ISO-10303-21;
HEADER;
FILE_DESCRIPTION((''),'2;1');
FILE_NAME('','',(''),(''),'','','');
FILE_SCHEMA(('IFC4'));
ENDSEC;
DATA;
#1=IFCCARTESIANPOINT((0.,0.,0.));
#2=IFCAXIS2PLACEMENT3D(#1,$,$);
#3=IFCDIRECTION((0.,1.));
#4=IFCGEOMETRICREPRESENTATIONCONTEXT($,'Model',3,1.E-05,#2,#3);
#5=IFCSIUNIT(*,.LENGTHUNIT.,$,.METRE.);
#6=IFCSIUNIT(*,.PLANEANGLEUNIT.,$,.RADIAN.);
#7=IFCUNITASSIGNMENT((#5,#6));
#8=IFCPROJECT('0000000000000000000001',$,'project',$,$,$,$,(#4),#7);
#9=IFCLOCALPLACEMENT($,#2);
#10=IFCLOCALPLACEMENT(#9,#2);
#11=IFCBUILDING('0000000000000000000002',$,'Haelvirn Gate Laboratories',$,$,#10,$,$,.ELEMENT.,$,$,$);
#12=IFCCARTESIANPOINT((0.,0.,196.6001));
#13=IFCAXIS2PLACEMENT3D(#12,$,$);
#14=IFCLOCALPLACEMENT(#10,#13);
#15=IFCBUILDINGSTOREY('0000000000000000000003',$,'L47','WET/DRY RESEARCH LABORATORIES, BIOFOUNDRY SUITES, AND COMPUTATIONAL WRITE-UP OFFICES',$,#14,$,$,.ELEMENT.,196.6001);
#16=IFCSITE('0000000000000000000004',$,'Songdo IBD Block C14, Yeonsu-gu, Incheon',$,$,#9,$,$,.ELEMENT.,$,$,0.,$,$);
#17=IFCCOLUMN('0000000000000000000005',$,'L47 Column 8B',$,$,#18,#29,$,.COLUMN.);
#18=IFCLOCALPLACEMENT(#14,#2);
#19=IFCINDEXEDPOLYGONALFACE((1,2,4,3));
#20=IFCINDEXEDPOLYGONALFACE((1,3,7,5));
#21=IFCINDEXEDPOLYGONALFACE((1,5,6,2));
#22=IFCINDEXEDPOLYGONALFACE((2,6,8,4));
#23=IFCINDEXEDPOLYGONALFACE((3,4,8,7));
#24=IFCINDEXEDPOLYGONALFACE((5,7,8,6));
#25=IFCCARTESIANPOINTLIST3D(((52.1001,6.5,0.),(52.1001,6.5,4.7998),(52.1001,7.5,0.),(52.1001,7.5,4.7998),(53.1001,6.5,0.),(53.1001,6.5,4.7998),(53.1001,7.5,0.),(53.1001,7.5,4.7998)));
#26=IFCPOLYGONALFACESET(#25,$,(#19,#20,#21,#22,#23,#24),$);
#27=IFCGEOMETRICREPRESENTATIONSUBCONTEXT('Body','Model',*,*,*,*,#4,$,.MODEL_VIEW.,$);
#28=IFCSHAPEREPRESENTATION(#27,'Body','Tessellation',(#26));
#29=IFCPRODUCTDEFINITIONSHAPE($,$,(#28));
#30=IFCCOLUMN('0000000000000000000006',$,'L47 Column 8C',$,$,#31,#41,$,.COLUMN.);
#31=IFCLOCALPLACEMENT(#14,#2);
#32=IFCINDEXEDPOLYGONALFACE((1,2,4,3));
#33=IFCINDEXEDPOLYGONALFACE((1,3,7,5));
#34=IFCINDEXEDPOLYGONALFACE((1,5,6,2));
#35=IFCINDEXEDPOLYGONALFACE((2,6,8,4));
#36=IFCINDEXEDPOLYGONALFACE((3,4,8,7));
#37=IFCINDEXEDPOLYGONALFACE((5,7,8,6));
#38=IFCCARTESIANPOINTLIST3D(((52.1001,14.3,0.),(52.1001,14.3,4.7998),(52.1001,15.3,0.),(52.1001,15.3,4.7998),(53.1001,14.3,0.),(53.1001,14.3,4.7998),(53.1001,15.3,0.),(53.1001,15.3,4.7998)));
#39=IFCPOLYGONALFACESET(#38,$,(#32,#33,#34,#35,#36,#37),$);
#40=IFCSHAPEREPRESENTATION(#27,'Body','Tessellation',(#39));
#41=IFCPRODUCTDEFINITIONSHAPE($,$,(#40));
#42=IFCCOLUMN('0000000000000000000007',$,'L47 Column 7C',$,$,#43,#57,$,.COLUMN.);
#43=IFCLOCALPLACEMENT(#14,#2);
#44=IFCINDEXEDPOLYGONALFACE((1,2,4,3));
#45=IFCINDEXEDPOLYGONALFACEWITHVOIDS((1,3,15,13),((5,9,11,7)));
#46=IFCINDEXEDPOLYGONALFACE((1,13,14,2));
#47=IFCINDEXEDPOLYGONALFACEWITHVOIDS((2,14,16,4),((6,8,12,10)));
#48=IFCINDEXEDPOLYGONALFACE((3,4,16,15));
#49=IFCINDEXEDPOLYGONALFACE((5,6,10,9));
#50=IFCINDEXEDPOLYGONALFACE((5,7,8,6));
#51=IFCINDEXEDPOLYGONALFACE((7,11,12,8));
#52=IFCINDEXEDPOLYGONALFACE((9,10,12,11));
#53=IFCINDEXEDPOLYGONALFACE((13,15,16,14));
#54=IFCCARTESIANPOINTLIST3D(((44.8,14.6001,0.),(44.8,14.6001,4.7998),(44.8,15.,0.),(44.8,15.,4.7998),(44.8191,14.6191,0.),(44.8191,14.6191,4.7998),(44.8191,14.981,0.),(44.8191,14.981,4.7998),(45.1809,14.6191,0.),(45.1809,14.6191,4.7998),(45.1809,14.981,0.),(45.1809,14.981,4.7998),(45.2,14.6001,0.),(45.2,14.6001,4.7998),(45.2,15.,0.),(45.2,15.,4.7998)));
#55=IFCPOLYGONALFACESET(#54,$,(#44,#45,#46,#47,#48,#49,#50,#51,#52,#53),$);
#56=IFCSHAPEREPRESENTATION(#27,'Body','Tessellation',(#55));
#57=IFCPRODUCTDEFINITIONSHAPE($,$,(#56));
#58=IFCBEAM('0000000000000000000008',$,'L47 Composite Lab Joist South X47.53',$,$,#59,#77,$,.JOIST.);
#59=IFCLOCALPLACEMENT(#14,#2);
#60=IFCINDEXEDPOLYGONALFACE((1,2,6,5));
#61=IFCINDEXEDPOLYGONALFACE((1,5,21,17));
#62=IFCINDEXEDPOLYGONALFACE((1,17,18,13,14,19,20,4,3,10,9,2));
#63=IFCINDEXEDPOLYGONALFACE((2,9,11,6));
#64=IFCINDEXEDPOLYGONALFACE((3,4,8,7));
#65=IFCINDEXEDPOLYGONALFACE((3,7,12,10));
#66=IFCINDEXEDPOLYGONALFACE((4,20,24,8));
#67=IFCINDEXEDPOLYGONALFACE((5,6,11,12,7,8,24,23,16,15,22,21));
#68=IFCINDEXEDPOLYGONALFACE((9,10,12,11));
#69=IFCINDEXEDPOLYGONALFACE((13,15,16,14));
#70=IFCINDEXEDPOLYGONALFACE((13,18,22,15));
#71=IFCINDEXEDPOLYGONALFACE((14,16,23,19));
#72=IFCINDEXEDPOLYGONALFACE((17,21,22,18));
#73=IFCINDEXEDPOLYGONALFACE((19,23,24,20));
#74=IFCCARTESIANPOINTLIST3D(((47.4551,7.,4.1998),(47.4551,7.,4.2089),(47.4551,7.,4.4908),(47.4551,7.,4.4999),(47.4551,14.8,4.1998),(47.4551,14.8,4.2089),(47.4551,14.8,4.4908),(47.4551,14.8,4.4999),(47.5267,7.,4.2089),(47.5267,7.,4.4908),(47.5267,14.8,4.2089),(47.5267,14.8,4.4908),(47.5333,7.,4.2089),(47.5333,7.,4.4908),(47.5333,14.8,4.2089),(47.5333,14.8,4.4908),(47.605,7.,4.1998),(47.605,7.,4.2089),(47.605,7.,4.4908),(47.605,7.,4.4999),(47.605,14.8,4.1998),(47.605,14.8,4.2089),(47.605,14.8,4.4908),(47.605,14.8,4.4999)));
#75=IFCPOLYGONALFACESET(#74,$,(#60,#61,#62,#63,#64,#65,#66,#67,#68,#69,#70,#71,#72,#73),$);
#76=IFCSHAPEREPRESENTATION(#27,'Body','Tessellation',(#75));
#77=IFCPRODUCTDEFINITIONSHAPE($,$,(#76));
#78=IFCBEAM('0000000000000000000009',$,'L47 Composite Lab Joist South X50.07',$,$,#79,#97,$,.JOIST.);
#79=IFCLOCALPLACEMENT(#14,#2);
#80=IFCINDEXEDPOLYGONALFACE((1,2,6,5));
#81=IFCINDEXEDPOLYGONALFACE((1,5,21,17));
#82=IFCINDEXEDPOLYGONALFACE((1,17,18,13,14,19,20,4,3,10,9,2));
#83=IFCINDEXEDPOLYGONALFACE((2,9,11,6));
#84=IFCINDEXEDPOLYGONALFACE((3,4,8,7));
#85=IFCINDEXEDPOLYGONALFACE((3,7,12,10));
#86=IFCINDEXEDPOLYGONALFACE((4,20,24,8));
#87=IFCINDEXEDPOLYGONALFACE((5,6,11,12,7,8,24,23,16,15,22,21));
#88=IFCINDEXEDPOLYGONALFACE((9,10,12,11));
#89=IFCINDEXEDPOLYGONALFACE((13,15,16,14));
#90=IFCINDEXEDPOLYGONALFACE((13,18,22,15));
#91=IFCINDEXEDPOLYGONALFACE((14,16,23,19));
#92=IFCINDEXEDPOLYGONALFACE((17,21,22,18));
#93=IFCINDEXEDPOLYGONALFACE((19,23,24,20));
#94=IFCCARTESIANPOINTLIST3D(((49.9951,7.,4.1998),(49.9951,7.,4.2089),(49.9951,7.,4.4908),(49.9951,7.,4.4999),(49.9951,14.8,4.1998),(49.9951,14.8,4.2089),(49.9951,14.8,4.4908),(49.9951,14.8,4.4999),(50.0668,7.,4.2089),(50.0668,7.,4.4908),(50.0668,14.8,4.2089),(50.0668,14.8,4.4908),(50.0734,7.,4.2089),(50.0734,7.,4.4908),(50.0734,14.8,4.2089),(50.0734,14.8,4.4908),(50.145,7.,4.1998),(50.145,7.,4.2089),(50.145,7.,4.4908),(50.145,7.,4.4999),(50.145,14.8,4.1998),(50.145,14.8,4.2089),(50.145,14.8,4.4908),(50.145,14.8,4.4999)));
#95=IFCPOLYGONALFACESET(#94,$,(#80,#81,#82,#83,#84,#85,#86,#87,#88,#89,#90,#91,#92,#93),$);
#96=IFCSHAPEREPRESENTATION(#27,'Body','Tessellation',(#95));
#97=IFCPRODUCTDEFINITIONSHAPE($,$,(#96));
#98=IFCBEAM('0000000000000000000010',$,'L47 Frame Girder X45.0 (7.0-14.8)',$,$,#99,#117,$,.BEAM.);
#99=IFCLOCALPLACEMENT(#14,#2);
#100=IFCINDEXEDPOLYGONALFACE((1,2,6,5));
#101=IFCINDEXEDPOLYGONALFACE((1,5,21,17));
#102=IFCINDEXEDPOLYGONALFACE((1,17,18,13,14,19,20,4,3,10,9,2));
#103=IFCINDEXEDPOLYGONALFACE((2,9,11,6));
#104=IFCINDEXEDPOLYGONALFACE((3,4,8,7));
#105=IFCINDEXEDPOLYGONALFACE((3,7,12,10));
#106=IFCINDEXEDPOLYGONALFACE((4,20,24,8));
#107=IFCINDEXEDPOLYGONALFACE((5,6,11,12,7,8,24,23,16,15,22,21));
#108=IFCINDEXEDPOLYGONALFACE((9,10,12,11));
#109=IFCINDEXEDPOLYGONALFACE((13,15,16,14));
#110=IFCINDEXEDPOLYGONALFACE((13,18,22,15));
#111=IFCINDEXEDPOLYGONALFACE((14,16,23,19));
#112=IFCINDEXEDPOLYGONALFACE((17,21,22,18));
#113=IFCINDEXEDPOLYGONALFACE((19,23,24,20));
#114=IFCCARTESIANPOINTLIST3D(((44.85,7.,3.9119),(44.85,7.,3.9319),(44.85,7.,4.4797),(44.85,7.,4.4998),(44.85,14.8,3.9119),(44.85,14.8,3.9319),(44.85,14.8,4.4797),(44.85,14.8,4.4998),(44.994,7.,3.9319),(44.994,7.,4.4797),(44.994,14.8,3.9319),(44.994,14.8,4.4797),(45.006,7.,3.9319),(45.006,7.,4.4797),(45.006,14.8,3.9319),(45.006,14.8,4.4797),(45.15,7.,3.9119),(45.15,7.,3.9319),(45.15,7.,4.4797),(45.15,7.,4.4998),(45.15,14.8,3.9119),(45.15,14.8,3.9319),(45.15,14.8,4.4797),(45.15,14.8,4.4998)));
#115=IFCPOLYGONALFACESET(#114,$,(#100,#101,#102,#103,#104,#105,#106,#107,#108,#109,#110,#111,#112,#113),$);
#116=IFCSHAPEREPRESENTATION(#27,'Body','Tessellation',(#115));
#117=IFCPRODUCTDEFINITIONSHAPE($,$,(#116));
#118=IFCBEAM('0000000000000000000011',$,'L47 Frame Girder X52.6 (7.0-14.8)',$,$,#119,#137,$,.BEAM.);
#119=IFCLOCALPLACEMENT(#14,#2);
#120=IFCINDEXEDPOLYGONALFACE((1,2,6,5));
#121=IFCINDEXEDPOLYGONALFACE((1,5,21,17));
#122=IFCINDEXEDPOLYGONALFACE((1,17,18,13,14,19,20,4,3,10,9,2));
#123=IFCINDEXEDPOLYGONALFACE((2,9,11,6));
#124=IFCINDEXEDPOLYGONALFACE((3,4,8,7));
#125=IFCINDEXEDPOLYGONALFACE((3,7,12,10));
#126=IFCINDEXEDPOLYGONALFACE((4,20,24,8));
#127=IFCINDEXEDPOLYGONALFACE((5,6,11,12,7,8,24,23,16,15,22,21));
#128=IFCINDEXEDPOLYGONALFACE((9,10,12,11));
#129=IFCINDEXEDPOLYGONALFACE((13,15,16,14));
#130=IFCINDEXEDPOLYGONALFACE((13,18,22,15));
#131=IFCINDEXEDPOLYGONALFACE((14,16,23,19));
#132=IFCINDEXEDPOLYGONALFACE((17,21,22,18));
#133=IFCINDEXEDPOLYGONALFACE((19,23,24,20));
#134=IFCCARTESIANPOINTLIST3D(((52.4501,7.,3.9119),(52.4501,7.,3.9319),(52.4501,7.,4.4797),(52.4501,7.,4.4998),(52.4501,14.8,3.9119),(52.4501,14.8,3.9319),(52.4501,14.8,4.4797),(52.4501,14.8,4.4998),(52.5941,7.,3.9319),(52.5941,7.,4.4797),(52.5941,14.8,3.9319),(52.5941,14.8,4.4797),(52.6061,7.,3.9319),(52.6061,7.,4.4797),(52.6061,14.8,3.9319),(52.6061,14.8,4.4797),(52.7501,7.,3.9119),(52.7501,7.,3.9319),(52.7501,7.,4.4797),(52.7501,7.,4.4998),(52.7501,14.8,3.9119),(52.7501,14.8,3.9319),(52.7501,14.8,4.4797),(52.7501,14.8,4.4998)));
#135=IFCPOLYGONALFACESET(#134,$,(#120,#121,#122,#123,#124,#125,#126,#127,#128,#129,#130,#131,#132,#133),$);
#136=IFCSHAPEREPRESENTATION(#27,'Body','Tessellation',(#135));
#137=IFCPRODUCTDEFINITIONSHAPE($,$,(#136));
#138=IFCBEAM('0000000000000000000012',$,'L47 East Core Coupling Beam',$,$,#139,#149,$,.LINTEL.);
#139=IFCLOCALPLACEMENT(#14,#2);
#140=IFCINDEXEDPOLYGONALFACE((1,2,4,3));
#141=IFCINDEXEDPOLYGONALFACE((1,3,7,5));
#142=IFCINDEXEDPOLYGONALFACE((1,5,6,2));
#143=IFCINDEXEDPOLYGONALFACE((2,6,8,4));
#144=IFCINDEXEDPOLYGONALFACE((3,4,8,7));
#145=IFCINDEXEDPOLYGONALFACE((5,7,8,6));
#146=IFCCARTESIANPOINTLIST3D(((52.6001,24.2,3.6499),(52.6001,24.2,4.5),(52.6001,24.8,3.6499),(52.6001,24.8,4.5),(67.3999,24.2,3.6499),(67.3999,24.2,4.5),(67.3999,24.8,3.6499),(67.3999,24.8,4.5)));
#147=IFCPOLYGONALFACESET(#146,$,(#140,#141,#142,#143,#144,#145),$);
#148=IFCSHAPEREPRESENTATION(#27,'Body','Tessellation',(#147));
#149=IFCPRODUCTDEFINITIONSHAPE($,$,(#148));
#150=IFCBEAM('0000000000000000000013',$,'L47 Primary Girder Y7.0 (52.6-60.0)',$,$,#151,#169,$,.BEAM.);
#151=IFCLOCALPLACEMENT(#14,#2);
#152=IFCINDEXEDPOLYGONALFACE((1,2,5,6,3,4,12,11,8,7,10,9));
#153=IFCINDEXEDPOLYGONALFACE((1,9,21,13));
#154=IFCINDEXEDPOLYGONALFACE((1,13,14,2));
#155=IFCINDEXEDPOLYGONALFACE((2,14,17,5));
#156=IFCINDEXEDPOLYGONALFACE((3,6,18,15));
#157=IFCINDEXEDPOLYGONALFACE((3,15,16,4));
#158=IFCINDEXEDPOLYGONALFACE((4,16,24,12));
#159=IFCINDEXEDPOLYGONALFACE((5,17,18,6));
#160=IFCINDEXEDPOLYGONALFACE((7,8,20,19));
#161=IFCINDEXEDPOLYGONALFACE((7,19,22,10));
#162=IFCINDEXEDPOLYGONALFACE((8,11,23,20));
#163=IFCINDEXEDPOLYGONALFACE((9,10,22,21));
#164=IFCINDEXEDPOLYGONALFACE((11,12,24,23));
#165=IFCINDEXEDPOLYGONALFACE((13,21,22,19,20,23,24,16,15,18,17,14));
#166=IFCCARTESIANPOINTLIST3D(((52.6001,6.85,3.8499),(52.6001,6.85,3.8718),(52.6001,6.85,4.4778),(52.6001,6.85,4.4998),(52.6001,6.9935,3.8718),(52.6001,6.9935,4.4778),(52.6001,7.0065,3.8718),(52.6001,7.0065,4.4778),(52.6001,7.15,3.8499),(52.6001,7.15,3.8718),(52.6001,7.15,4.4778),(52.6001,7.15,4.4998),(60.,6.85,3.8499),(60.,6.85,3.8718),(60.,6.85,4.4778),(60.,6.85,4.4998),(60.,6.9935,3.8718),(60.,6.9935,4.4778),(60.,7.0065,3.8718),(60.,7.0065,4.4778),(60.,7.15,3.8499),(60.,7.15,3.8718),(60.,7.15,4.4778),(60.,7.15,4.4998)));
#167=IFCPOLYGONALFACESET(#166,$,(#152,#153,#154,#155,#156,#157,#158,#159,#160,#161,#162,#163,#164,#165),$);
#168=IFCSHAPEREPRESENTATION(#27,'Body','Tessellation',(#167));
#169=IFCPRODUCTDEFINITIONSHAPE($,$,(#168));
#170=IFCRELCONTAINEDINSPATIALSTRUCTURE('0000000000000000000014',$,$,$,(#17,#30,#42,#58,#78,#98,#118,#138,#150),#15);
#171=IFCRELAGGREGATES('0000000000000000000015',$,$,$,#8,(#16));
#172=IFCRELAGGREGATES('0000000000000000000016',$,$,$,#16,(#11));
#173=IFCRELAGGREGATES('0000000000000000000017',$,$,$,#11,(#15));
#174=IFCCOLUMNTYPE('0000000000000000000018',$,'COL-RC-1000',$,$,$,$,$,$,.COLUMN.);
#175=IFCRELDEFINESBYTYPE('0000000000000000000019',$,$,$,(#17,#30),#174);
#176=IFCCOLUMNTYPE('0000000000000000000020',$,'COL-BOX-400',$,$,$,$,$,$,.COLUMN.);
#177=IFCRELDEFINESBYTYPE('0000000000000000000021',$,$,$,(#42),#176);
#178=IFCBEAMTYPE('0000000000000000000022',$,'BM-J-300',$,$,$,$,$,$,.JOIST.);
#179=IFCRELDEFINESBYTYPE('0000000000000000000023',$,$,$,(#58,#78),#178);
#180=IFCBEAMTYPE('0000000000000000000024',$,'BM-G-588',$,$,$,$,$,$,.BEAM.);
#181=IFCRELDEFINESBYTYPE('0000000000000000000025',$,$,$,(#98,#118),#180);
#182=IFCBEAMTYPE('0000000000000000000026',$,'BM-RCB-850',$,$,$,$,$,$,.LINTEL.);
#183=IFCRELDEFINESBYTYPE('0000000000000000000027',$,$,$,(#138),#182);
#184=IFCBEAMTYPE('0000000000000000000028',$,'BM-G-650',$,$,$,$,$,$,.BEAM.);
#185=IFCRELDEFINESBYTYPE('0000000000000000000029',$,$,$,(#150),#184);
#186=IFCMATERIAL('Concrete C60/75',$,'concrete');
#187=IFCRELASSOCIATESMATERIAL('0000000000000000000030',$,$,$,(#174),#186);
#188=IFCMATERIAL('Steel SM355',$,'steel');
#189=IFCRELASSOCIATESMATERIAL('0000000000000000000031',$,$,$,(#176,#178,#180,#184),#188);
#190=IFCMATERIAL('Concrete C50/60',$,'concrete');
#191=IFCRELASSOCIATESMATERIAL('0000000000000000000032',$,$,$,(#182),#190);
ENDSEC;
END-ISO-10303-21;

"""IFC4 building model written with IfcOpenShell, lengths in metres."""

from ifc_helpers import new_model, si_unit, direction, frame, origin, origin_2d, place, context, subcontext, project, spatial, rectangle, hollow_rectangle, i_section, extrude, source, transform, mapped, material, material_profile, profile_set, type_object, type_shapes, element, save


model = new_model("IFC4")

# Units and contexts
model_context = context("Model", 3, precision=1e-05, world=origin(), true_north=direction((0.0, 1.0)))
body_context = subcontext(model_context, "Body", "Model", "MODEL_VIEW")
ifc_project = project(units=[si_unit("LENGTHUNIT", "METRE"), si_unit("PLANEANGLEUNIT", "RADIAN")], contexts=[model_context])

# Site, building, storey
site_placement = place(None, origin())
site = spatial("IfcSite", under=ifc_project, at=site_placement, Name="Songdo IBD Block C14, Yeonsu-gu, Incheon", CompositionType="ELEMENT", RefElevation=0.0)
building_placement = place(site_placement, origin())
building = spatial("IfcBuilding", under=site, at=building_placement, Name="Haelvirn Gate Laboratories", CompositionType="ELEMENT")
storey_placement = place(building_placement, frame((0.0, 0.0, 196.6001)))
storey = spatial("IfcBuildingStorey", under=building, at=storey_placement, Name="L47", Description="WET/DRY RESEARCH LABORATORIES, BIOFOUNDRY SUITES, AND COMPUTATIONAL WRITE-UP OFFICES", CompositionType="ELEMENT", Elevation=196.6001)

# Columns
ifc_material_1 = material(Name="Concrete C60/75", Category="concrete")
ifc_material_profile_1 = material_profile(ifc_material_1, rectangle(XDim=1.0, YDim=1.0, at=origin_2d()), Name="RC-1000x1000")
ifc_profile_set_1 = profile_set([ifc_material_profile_1], Name="Concrete C60/75")
column_type_1 = type_object("IfcColumnType", Name="COL-RC-1000", PredefinedType="COLUMN", material=ifc_profile_set_1)
shared_shape_1 = source(origin(), body_context, "Body", "SweptSolid", [
    extrude(rectangle(XDim=1.0, YDim=1.0, at=origin_2d()), origin(), (0.0, 0.0, 1.0), 4.7998),
])
type_shapes(column_type_1, [shared_shape_1])
for number, where, z_axis, x_axis, name in (
    (1, (52.6001, 7.0, 0.0), (0.0, 0.0, 1.0), (1.0, 0.0, 0.0), "L47 Column 8B"),
    (2, (52.6001, 14.8, 0.0), (0.0, 0.0, 1.0), (1.0, 0.0, 0.0), "L47 Column 8C"),
):
    element("IfcColumn", number, at=place(storey_placement, frame(where, z_axis=z_axis, x_axis=x_axis)), inside=storey, type_object=column_type_1, Name=name, PredefinedType="COLUMN", context=body_context, shape_type="MappedRepresentation", body=[
        mapped(shared_shape_1, transform((0.0, 0.0, 0.0), scale=1.0)),
    ])
ifc_material_2 = material(Name="Steel SM355", Category="steel")
ifc_material_profile_2 = material_profile(ifc_material_2, hollow_rectangle(XDim=0.3999, YDim=0.3999, WallThickness=0.019, at=origin_2d()), Name="BOX-400x400x19")
ifc_profile_set_2 = profile_set([ifc_material_profile_2], Name="Steel SM355")
column_type_2 = type_object("IfcColumnType", Name="COL-BOX-400", PredefinedType="COLUMN", material=ifc_profile_set_2)
shared_shape_2 = source(origin(), body_context, "Body", "SweptSolid", [
    extrude(hollow_rectangle(XDim=0.3999, YDim=0.3999, WallThickness=0.019, at=origin_2d()), origin(), (0.0, 0.0, 1.0), 4.7998),
])
type_shapes(column_type_2, [shared_shape_2])
column_placement = place(storey_placement, frame((45.0, 14.8, 0.0), z_axis=(0.0, 0.0, 1.0), x_axis=(1.0, 0.0, 0.0)))
element("IfcColumn", 3, at=column_placement, inside=storey, type_object=column_type_2, Name="L47 Column 7C", PredefinedType="COLUMN", context=body_context, shape_type="MappedRepresentation", body=[
    mapped(shared_shape_2, transform((0.0, 0.0, 0.0), scale=1.0)),
])

# Beams
ifc_material_profile_3 = material_profile(ifc_material_2, i_section(OverallWidth=0.1499, OverallDepth=0.3, WebThickness=0.0066, FlangeThickness=0.009, at=origin_2d()), Name="H-300x150x6.5x9")
ifc_profile_set_3 = profile_set([ifc_material_profile_3], Name="Steel SM355")
beam_type_1 = type_object("IfcBeamType", Name="BM-J-300", PredefinedType="JOIST", material=ifc_profile_set_3)
shared_shape_3 = source(origin(), body_context, "Body", "SweptSolid", [
    extrude(i_section(OverallWidth=0.1499, OverallDepth=0.3, WebThickness=0.0066, FlangeThickness=0.009, at=origin_2d()), origin(), (0.0, 0.0, 1.0), 7.8),
])
type_shapes(beam_type_1, [shared_shape_3])
for number, where, z_axis, x_axis, name in (
    (4, (47.53, 7.0, 4.3499), (0.0, 1.0, 0.0), (-1.0, 0.0, 0.0), "L47 Composite Lab Joist South X47.53"),
    (5, (50.0701, 7.0, 4.3499), (0.0, 1.0, 0.0), (-1.0, 0.0, 0.0), "L47 Composite Lab Joist South X50.07"),
):
    element("IfcBeam", number, at=place(storey_placement, frame(where, z_axis=z_axis, x_axis=x_axis)), inside=storey, type_object=beam_type_1, Name=name, PredefinedType="JOIST", context=body_context, shape_type="MappedRepresentation", body=[
        mapped(shared_shape_3, transform((0.0, 0.0, 0.0), scale=1.0)),
    ])
ifc_material_profile_4 = material_profile(ifc_material_2, i_section(OverallWidth=0.3, OverallDepth=0.5879, WebThickness=0.012, FlangeThickness=0.02, at=origin_2d()), Name="H-588x300x12x20")
ifc_profile_set_4 = profile_set([ifc_material_profile_4], Name="Steel SM355")
beam_type_2 = type_object("IfcBeamType", Name="BM-G-588", PredefinedType="BEAM", material=ifc_profile_set_4)
shared_shape_4 = source(origin(), body_context, "Body", "SweptSolid", [
    extrude(i_section(OverallWidth=0.3, OverallDepth=0.5879, WebThickness=0.012, FlangeThickness=0.02, at=origin_2d()), origin(), (0.0, 0.0, 1.0), 7.8),
])
type_shapes(beam_type_2, [shared_shape_4])
for number, where, z_axis, x_axis, name in (
    (6, (45.0, 7.0, 4.2058), (0.0, 1.0, 0.0), (-1.0, 0.0, 0.0), "L47 Frame Girder X45.0 (7.0-14.8)"),
    (7, (52.6001, 7.0, 4.2058), (0.0, 1.0, 0.0), (-1.0, 0.0, 0.0), "L47 Frame Girder X52.6 (7.0-14.8)"),
):
    element("IfcBeam", number, at=place(storey_placement, frame(where, z_axis=z_axis, x_axis=x_axis)), inside=storey, type_object=beam_type_2, Name=name, PredefinedType="BEAM", context=body_context, shape_type="MappedRepresentation", body=[
        mapped(shared_shape_4, transform((0.0, 0.0, 0.0), scale=1.0)),
    ])
ifc_material_3 = material(Name="Concrete C50/60", Category="concrete")
ifc_material_profile_5 = material_profile(ifc_material_3, rectangle(XDim=0.6001, YDim=0.8501, at=origin_2d()), Name="RCB-600x850")
ifc_profile_set_5 = profile_set([ifc_material_profile_5], Name="Concrete C50/60")
beam_type_3 = type_object("IfcBeamType", Name="BM-RCB-850", PredefinedType="LINTEL", material=ifc_profile_set_5)
shared_shape_5 = source(origin(), body_context, "Body", "SweptSolid", [
    extrude(rectangle(XDim=0.6001, YDim=0.8501, at=origin_2d()), origin(), (0.0, 0.0, 1.0), 14.7998),
])
type_shapes(beam_type_3, [shared_shape_5])
beam_1_placement = place(storey_placement, frame((52.6001, 24.5, 4.075), z_axis=(1.0, 0.0, 0.0), x_axis=(0.0, 1.0, 0.0)))
element("IfcBeam", 8, at=beam_1_placement, inside=storey, type_object=beam_type_3, Name="L47 East Core Coupling Beam", PredefinedType="LINTEL", context=body_context, shape_type="MappedRepresentation", body=[
    mapped(shared_shape_5, transform((0.0, 0.0, 0.0), scale=1.0)),
])
ifc_material_profile_6 = material_profile(ifc_material_2, i_section(OverallWidth=0.3, OverallDepth=0.6499, WebThickness=0.0129, FlangeThickness=0.022, at=origin_2d()), Name="H-650x300x13x22")
ifc_profile_set_6 = profile_set([ifc_material_profile_6], Name="Steel SM355")
beam_type_4 = type_object("IfcBeamType", Name="BM-G-650", PredefinedType="BEAM", material=ifc_profile_set_6)
shared_shape_6 = source(origin(), body_context, "Body", "SweptSolid", [
    extrude(i_section(OverallWidth=0.3, OverallDepth=0.6499, WebThickness=0.0129, FlangeThickness=0.022, at=origin_2d()), origin(), (0.0, 0.0, 1.0), 7.3999),
])
beam_2_placement = place(storey_placement, frame((52.6001, 7.0, 4.1748), z_axis=(1.0, 0.0, 0.0), x_axis=(0.0, 1.0, 0.0)))
element("IfcBeam", 9, at=beam_2_placement, inside=storey, type_object=beam_type_4, Name="L47 Primary Girder Y7.0 (52.6-60.0)", PredefinedType="BEAM", context=body_context, shape_type="MappedRepresentation", body=[
    mapped(shared_shape_6, transform((0.0, 0.0, 0.0), scale=1.0)),
])

save(model, "model.ifc")
